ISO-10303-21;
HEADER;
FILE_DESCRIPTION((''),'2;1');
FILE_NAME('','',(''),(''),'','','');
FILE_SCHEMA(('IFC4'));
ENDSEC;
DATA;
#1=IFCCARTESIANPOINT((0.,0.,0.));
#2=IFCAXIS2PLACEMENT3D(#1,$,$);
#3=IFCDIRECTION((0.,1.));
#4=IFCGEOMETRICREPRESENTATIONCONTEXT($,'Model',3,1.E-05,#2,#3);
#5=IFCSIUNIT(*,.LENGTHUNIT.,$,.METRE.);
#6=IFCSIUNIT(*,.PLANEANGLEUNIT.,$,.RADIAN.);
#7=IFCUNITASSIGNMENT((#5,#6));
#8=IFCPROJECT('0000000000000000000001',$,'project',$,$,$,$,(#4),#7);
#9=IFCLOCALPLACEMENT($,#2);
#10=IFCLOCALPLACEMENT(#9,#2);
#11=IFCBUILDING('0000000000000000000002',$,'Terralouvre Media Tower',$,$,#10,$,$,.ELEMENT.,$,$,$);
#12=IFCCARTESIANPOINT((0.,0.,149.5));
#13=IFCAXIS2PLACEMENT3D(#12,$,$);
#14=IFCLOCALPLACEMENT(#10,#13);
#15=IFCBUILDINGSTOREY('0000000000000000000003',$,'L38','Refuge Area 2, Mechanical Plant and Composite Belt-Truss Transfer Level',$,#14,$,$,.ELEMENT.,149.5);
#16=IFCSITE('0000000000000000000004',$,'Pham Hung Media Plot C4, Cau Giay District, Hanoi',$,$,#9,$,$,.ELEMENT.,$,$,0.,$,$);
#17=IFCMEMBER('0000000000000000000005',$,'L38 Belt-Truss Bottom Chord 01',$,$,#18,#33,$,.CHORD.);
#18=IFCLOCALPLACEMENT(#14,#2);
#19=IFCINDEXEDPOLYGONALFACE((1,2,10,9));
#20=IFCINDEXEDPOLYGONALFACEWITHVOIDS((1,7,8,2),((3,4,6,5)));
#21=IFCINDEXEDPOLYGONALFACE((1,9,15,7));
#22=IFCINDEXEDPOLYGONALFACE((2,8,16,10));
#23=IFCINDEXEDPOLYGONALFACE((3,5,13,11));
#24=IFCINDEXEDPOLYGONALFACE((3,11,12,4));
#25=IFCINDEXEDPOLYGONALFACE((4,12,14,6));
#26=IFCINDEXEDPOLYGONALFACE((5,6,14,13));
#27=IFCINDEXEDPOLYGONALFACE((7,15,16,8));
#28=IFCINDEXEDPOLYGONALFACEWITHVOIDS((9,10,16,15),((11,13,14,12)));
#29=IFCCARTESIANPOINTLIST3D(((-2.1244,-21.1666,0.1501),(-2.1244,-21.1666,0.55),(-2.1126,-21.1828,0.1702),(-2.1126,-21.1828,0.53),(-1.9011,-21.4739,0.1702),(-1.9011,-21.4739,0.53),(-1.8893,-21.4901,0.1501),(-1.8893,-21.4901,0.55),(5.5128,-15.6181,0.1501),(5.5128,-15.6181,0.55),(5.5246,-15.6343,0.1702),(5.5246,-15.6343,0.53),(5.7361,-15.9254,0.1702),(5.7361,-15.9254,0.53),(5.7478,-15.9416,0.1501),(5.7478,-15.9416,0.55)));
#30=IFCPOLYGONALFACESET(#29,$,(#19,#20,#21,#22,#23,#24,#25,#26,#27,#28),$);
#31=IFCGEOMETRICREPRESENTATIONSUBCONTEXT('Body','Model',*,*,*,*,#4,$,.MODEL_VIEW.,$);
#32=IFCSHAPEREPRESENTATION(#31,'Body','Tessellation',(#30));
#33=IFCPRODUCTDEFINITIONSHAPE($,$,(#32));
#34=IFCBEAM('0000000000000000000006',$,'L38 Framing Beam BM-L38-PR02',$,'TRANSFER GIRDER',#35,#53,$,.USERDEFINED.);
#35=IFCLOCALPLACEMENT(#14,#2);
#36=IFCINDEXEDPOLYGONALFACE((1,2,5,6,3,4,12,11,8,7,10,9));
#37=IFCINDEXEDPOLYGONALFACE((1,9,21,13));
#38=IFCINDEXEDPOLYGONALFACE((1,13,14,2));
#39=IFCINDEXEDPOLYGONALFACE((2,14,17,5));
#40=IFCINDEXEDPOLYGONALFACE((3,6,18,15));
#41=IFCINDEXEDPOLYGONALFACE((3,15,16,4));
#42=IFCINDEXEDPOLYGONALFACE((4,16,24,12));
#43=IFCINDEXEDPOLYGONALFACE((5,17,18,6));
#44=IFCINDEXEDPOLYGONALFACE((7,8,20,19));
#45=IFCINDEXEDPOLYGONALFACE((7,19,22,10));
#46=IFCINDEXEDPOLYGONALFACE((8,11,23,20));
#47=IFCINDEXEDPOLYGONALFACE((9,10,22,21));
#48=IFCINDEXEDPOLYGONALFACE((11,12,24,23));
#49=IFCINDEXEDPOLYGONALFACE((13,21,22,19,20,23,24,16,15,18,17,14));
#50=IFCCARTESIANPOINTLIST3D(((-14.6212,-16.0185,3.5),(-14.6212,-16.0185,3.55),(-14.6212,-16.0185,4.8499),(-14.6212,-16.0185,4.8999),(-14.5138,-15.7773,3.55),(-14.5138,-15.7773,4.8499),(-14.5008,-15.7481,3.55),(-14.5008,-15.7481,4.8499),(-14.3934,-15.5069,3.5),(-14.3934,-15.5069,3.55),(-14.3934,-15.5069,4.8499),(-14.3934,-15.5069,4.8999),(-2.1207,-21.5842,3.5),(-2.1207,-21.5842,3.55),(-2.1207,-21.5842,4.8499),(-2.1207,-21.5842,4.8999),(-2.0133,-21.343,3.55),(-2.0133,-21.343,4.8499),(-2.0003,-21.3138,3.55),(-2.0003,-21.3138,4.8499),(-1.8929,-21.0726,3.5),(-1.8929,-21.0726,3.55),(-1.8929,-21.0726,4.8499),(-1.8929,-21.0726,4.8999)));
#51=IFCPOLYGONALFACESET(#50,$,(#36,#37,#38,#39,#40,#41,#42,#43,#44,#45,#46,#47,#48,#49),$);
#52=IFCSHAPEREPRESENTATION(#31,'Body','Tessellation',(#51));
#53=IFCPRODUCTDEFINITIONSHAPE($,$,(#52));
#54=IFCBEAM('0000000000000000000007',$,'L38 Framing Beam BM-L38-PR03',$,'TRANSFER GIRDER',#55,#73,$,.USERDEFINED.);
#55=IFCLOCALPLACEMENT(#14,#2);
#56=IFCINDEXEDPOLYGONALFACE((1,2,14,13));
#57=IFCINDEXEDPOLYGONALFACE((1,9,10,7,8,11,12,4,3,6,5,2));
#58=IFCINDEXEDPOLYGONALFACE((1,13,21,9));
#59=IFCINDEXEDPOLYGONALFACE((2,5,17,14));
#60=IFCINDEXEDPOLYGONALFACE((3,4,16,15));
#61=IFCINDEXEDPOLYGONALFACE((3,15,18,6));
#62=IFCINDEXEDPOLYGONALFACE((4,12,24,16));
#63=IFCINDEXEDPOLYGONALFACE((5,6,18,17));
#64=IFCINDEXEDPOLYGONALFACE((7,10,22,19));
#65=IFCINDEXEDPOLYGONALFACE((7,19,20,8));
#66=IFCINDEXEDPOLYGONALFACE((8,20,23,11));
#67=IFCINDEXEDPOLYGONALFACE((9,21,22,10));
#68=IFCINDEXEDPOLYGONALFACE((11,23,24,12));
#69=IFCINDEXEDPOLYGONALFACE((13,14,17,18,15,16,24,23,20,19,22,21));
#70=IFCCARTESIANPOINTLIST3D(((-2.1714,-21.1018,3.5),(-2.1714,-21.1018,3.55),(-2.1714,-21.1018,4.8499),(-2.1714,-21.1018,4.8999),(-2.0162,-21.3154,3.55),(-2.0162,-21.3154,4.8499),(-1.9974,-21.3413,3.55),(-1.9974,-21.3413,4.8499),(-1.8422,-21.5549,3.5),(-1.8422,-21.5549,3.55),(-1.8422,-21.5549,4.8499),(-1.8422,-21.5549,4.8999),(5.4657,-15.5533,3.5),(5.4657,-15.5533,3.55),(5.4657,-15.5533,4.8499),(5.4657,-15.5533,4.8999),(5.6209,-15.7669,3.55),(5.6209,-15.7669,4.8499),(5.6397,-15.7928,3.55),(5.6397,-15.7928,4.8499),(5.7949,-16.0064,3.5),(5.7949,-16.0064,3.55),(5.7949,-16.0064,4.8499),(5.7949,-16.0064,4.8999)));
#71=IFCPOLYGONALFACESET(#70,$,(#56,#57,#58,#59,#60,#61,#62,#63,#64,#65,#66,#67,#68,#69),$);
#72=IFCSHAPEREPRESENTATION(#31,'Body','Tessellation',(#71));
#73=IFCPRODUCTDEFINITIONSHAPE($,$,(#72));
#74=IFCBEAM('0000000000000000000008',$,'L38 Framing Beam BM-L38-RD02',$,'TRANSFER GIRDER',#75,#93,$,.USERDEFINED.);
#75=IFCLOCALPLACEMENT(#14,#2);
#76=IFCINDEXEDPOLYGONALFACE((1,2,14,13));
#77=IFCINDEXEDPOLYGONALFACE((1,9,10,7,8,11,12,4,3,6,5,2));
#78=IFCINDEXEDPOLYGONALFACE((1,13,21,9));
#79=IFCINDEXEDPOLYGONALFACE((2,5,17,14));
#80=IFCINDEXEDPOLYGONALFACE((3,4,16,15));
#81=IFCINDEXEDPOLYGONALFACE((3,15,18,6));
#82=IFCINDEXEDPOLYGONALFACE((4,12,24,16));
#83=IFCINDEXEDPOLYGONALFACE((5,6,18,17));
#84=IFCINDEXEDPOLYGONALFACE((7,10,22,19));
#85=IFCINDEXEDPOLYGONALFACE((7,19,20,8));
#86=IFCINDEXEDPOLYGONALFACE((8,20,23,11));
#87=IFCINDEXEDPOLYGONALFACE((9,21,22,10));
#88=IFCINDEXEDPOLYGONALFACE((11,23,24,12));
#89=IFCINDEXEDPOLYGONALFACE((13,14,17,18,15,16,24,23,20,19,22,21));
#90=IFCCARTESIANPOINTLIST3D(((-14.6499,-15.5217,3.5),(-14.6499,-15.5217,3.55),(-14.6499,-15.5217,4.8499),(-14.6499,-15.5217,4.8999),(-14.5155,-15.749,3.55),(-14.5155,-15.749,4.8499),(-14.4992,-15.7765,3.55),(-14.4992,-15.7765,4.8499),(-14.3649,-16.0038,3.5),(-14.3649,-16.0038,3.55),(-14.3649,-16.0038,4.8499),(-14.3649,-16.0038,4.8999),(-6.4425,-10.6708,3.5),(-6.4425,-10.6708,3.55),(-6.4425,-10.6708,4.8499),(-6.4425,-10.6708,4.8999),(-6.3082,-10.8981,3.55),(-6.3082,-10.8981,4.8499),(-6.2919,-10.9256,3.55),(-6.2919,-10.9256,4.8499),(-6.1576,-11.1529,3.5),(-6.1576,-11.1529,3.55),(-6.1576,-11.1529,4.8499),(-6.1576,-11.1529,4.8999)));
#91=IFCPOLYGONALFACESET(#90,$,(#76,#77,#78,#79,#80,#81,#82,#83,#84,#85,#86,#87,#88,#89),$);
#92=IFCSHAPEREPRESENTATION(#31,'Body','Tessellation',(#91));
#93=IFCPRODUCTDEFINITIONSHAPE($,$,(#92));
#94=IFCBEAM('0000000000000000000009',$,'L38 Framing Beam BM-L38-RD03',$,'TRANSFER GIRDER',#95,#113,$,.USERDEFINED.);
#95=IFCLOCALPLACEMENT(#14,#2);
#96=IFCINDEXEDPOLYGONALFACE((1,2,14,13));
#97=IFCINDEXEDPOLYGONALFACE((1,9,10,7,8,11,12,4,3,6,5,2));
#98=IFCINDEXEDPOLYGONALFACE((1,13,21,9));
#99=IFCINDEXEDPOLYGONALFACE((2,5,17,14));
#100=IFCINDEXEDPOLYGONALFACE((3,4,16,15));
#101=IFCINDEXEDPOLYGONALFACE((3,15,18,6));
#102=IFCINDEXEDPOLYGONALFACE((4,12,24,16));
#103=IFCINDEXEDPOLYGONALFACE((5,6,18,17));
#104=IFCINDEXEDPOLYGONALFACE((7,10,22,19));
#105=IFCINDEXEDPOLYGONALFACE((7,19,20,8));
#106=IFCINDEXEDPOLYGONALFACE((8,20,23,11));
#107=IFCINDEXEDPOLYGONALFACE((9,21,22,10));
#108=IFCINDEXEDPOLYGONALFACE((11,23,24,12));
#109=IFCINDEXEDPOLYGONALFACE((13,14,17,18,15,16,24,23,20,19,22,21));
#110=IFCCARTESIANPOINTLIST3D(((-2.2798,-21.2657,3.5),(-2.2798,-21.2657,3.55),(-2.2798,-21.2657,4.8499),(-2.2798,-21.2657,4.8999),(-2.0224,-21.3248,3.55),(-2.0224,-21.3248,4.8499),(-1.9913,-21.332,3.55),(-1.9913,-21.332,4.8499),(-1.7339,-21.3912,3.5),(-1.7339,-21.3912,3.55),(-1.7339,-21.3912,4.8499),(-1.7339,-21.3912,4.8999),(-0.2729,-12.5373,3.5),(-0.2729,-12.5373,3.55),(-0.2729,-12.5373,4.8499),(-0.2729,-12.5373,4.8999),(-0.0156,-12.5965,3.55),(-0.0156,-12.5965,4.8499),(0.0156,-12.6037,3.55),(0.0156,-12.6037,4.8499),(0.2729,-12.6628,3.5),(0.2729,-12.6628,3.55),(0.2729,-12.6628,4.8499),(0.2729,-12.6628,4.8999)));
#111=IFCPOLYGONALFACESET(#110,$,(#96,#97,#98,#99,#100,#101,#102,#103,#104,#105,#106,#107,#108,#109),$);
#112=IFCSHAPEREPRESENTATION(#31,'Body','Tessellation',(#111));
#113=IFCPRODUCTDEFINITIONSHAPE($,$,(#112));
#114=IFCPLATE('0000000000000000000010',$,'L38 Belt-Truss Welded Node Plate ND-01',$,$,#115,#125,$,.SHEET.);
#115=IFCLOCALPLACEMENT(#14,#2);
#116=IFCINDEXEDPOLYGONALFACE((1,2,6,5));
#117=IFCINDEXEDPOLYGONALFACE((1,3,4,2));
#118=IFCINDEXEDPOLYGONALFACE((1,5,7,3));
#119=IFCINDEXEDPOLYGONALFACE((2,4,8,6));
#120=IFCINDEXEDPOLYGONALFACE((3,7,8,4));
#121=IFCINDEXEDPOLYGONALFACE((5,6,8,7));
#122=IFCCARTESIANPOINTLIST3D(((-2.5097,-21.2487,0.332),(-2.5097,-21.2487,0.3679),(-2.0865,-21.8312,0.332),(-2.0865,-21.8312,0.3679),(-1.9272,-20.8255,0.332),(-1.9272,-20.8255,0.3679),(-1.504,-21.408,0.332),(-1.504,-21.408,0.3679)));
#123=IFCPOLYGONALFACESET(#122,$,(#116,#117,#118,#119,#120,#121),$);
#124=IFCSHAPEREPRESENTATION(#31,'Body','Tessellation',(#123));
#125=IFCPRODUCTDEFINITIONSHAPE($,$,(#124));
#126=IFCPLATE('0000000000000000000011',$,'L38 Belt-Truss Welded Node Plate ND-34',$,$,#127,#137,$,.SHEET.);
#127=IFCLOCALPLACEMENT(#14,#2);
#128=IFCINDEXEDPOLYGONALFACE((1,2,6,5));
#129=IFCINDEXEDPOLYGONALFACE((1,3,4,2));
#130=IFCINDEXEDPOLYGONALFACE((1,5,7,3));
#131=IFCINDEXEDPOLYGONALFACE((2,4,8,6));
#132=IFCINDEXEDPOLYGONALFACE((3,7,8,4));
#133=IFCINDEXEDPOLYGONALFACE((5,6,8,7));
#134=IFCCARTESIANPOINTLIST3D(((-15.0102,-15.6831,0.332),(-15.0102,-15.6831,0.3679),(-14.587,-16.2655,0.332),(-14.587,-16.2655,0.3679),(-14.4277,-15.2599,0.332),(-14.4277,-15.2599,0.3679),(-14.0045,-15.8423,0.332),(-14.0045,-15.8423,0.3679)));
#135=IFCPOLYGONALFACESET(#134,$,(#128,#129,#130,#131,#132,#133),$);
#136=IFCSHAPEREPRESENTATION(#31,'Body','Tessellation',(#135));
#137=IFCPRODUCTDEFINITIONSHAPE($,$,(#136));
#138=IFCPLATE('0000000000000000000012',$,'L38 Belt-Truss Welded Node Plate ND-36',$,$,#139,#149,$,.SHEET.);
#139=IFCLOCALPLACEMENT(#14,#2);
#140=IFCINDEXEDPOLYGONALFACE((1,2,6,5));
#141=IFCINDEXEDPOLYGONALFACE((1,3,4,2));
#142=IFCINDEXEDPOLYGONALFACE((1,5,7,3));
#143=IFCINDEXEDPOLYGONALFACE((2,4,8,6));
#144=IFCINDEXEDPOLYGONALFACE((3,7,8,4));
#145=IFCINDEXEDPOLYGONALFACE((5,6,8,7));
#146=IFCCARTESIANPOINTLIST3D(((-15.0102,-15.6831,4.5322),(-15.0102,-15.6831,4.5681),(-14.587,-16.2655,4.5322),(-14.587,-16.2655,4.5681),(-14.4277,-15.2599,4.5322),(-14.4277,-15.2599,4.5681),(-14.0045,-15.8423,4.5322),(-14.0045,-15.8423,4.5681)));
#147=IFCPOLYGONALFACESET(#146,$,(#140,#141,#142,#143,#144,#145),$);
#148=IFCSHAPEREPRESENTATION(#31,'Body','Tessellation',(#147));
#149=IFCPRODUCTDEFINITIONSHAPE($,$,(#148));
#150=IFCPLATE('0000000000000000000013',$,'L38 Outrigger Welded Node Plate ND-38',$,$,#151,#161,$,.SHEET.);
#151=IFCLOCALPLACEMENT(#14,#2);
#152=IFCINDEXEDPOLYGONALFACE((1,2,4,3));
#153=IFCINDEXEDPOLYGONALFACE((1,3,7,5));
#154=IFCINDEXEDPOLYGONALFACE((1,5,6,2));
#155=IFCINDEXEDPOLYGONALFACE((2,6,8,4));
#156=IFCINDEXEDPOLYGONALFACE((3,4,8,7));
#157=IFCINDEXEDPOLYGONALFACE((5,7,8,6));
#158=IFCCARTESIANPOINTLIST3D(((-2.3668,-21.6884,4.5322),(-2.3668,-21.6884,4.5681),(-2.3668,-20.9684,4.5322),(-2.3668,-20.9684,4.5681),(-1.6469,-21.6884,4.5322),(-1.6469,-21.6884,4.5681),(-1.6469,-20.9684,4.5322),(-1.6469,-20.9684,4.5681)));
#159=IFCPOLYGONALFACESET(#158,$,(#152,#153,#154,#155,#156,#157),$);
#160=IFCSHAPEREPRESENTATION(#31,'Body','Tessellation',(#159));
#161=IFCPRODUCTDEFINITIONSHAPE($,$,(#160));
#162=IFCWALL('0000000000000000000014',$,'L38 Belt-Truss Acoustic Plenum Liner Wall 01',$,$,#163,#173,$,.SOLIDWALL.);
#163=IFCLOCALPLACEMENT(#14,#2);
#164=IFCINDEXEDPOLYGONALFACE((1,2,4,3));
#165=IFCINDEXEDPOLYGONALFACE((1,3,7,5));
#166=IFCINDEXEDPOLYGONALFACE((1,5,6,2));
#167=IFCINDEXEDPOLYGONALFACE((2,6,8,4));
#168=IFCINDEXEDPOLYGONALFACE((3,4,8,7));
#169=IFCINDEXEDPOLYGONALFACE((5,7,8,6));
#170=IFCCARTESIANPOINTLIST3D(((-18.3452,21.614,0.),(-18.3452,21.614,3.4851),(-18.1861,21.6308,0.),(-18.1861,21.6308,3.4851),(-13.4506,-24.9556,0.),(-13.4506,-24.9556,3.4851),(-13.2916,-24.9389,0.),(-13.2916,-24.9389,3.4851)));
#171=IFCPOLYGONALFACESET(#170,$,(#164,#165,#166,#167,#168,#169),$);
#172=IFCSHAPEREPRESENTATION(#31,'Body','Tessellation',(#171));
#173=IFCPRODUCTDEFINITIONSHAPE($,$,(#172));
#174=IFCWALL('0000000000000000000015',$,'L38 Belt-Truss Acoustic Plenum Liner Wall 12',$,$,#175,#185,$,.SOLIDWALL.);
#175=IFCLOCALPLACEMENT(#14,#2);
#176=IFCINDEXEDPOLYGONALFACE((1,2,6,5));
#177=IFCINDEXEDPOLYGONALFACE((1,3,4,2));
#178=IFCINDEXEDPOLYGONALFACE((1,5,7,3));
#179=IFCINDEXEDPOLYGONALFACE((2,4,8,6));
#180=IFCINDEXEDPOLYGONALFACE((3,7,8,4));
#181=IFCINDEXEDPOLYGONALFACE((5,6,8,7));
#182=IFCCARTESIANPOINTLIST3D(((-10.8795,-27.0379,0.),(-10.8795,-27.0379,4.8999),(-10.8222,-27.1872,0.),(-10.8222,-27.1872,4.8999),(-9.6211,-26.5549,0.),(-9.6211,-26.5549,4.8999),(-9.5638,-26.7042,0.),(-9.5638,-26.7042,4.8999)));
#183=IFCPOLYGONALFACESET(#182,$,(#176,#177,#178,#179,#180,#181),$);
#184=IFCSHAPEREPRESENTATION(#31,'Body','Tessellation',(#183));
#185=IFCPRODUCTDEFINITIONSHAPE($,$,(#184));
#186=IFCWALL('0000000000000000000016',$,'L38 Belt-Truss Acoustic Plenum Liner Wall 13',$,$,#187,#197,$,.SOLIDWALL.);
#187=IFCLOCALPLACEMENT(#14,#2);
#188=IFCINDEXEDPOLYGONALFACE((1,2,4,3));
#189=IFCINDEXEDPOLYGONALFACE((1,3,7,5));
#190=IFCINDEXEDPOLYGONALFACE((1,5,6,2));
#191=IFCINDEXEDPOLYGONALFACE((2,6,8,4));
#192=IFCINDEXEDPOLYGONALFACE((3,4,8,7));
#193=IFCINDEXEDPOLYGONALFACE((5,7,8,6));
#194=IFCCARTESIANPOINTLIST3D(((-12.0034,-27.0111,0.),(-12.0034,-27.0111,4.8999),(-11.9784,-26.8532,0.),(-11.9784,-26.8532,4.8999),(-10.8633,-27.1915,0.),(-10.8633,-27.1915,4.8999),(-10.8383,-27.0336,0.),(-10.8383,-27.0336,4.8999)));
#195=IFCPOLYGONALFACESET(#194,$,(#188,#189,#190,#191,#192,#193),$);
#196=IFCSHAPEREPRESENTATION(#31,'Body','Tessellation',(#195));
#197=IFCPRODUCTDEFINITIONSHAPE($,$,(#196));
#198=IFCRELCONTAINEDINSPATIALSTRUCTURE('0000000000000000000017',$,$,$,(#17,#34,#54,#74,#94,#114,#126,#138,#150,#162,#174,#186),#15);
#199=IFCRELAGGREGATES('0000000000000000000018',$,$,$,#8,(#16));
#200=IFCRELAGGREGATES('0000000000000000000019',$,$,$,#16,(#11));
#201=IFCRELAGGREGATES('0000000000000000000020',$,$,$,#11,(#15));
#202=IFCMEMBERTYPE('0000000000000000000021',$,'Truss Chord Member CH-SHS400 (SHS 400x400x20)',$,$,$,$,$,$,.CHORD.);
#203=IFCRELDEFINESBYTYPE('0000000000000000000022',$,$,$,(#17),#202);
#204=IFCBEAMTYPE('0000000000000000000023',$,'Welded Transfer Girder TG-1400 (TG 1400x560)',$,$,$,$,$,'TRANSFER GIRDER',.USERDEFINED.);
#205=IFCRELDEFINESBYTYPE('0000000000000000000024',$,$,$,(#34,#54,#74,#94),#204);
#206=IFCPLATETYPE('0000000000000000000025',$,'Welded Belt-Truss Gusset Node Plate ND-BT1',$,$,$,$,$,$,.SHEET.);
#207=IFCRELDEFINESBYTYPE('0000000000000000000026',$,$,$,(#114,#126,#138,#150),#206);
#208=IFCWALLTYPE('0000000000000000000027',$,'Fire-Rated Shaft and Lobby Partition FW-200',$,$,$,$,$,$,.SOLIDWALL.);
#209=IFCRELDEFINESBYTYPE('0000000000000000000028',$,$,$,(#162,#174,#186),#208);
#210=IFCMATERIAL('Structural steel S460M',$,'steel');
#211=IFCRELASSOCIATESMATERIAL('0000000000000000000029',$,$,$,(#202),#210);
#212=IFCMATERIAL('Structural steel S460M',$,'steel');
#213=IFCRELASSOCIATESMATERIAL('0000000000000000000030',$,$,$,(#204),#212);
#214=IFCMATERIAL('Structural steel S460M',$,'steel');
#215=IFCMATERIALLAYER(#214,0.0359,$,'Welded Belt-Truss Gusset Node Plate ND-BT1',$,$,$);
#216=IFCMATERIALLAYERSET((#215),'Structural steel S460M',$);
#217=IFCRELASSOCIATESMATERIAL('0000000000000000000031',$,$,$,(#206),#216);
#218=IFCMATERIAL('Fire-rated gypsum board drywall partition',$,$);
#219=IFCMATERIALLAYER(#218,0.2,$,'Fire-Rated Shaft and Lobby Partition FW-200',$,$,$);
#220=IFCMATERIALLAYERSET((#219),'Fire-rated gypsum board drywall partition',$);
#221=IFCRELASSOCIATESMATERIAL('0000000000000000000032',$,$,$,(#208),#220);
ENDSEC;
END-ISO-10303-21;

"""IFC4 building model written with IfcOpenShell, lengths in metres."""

from ifc_helpers import new_model, si_unit, direction, frame, frame_2d, origin, origin_2d, place, context, subcontext, project, spatial, rectangle, hollow_rectangle, i_section, extrude, material, layer, layer_set, material_profile, profile_set, type_object, element, save


model = new_model("IFC4")

# Units and contexts
model_context = context("Model", 3, precision=1e-05, world=origin(), true_north=direction((0.0, 1.0)))
body_context = subcontext(model_context, "Body", "Model", "MODEL_VIEW")
ifc_project = project(units=[si_unit("LENGTHUNIT", "METRE"), si_unit("PLANEANGLEUNIT", "RADIAN")], contexts=[model_context])

# Site, building, storey
site_placement = place(None, origin())
site = spatial("IfcSite", under=ifc_project, at=site_placement, Name="Pham Hung Media Plot C4, Cau Giay District, Hanoi", CompositionType="ELEMENT", RefElevation=0.0)
building_placement = place(site_placement, origin())
building = spatial("IfcBuilding", under=site, at=building_placement, Name="Terralouvre Media Tower", CompositionType="ELEMENT")
storey_placement = place(building_placement, frame((0.0, 0.0, 149.5)))
storey = spatial("IfcBuildingStorey", under=building, at=storey_placement, Name="L38", Description="Refuge Area 2, Mechanical Plant and Composite Belt-Truss Transfer Level", CompositionType="ELEMENT", Elevation=149.5)

# Member
ifc_material_1 = material(Name="Structural steel S460M", Category="steel")
ifc_material_profile_1 = material_profile(ifc_material_1, hollow_rectangle(XDim=0.3999, YDim=0.3999, WallThickness=0.02, at=origin_2d()), Name="SHS 400x400x20")
ifc_profile_set_1 = profile_set([ifc_material_profile_1], Name="Structural steel S460M")
member_type_1 = type_object("IfcMemberType", Name="Truss Chord Member CH-SHS400 (SHS 400x400x20)", PredefinedType="CHORD", material=ifc_profile_set_1)
member_1_placement = place(storey_placement, frame((-2.0068, -21.3284, 0.3501), z_axis=(0.809026, 0.587773, 0.0), x_axis=(-0.587773, 0.809026, 0.0)))
element("IfcMember", 1, at=member_1_placement, inside=storey, type_object=member_type_1, Name="L38 Belt-Truss Bottom Chord 01", PredefinedType="CHORD", context=body_context, shape_type="SweptSolid", body=[
    extrude(hollow_rectangle(XDim=0.3999, YDim=0.3999, WallThickness=0.02, at=origin_2d()), origin(), (0.0, 0.0, 1.0), 9.4399),
])

# Beams
ifc_material_2 = material(Name="Structural steel S460M", Category="steel")
ifc_material_profile_2 = material_profile(ifc_material_2, i_section(OverallWidth=0.5601, OverallDepth=1.3999, WebThickness=0.032, FlangeThickness=0.05, at=origin_2d()), Name="TG 1400x560")
ifc_profile_set_2 = profile_set([ifc_material_profile_2], Name="Structural steel S460M")
beam_type_1 = type_object("IfcBeamType", Name="Welded Transfer Girder TG-1400 (TG 1400x560)", ElementType="TRANSFER GIRDER", PredefinedType="USERDEFINED", material=ifc_profile_set_2)
beam_1_placement = place(storey_placement, frame((-14.5073, -15.7627, 4.2), z_axis=(0.913543, -0.406743, 0.0), x_axis=(0.406743, 0.913543, 0.0)))
element("IfcBeam", 2, at=beam_1_placement, inside=storey, type_object=beam_type_1, Name="L38 Framing Beam BM-L38-PR02", ObjectType="TRANSFER GIRDER", PredefinedType="USERDEFINED", context=body_context, shape_type="SweptSolid", body=[
    extrude(i_section(OverallWidth=0.5601, OverallDepth=1.3999, WebThickness=0.032, FlangeThickness=0.05, at=origin_2d()), origin(), (0.0, 0.0, 1.0), 13.6836),
])
beam_2_placement = place(storey_placement, frame((-2.0068, -21.3284, 4.2), z_axis=(0.809026, 0.587773, 0.0), x_axis=(-0.587773, 0.809026, 0.0)))
element("IfcBeam", 3, at=beam_2_placement, inside=storey, type_object=beam_type_1, Name="L38 Framing Beam BM-L38-PR03", ObjectType="TRANSFER GIRDER", PredefinedType="USERDEFINED", context=body_context, shape_type="SweptSolid", body=[
    extrude(i_section(OverallWidth=0.5601, OverallDepth=1.3999, WebThickness=0.032, FlangeThickness=0.05, at=origin_2d()), origin(), (0.0, 0.0, 1.0), 9.4399),
])
beam_3_placement = place(storey_placement, frame((-6.3, -10.9119, 4.2), z_axis=(-0.860877, -0.508813, 0.0), x_axis=(0.508813, -0.860877, 0.0)))
element("IfcBeam", 4, at=beam_3_placement, inside=storey, type_object=beam_type_1, Name="L38 Framing Beam BM-L38-RD02", ObjectType="TRANSFER GIRDER", PredefinedType="USERDEFINED", context=body_context, shape_type="SweptSolid", body=[
    extrude(i_section(OverallWidth=0.5601, OverallDepth=1.3999, WebThickness=0.032, FlangeThickness=0.05, at=origin_2d()), origin(), (0.0, 0.0, 1.0), 9.5337),
])
beam_4_placement = place(storey_placement, frame((0.0, -12.6001, 4.2), z_axis=(-0.224077, -0.974571, 0.0), x_axis=(0.974571, -0.224077, 0.0)))
element("IfcBeam", 5, at=beam_4_placement, inside=storey, type_object=beam_type_1, Name="L38 Framing Beam BM-L38-RD03", ObjectType="TRANSFER GIRDER", PredefinedType="USERDEFINED", context=body_context, shape_type="SweptSolid", body=[
    extrude(i_section(OverallWidth=0.5601, OverallDepth=1.3999, WebThickness=0.032, FlangeThickness=0.05, at=origin_2d()), origin(), (0.0, 0.0, 1.0), 8.9561),
])

# Plates
ifc_material_3 = material(Name="Structural steel S460M", Category="steel")
ifc_layer_1 = layer(ifc_material_3, 0.0359, Name="Welded Belt-Truss Gusset Node Plate ND-BT1")
ifc_layer_set_1 = layer_set([ifc_layer_1], Name="Structural steel S460M")
plate_type = type_object("IfcPlateType", Name="Welded Belt-Truss Gusset Node Plate ND-BT1", PredefinedType="SHEET", material=ifc_layer_set_1)
for number, where, z_axis, x_axis, name in (
    (6, (-2.0068, -21.3284, 0.332), (0.0, 0.0, 1.0), (0.809017, 0.587785, 0.0), "L38 Belt-Truss Welded Node Plate ND-01"),
    (7, (-14.5073, -15.7627, 0.332), (0.0, 0.0, 1.0), (0.809017, 0.587785, 0.0), "L38 Belt-Truss Welded Node Plate ND-34"),
    (8, (-14.5073, -15.7627, 4.5322), (0.0, 0.0, 1.0), (0.809017, 0.587785, 0.0), "L38 Belt-Truss Welded Node Plate ND-36"),
    (9, (-2.0068, -21.3284, 4.5322), (0.0, 0.0, 1.0), (1.0, 0.0, 0.0), "L38 Outrigger Welded Node Plate ND-38"),
):
    element("IfcPlate", number, at=place(storey_placement, frame(where, z_axis=z_axis, x_axis=x_axis)), inside=storey, type_object=plate_type, Name=name, PredefinedType="SHEET", context=body_context, shape_type="SweptSolid", body=[
        extrude(rectangle(XDim=0.72, YDim=0.72, at=origin_2d()), origin(), (0.0, 0.0, 1.0), 0.0359),
    ])

# Walls
ifc_material_4 = material(Name="Fire-rated gypsum board drywall partition")
ifc_layer_2 = layer(ifc_material_4, 0.2, Name="Fire-Rated Shaft and Lobby Partition FW-200")
ifc_layer_set_2 = layer_set([ifc_layer_2], Name="Fire-rated gypsum board drywall partition")
wall_type_1 = type_object("IfcWallType", Name="Fire-Rated Shaft and Lobby Partition FW-200", PredefinedType="SOLIDWALL", material=ifc_layer_set_2)
wall_1_placement = place(storey_placement, frame((-13.3711, -24.9473, 0.0), z_axis=(0.0, 0.0, 1.0), x_axis=(-0.104526, 0.994522, 0.0)))
element("IfcWall", 10, at=wall_1_placement, inside=storey, type_object=wall_type_1, Name="L38 Belt-Truss Acoustic Plenum Liner Wall 01", PredefinedType="SOLIDWALL", context=body_context, shape_type="SweptSolid", body=[
    extrude(rectangle(XDim=46.8262, YDim=0.1599, at=frame_2d((23.4131, 0.0))), origin(), (0.0, 0.0, 1.0), 3.4851),
])
wall_2_placement = place(storey_placement, frame((-9.5925, -26.6296, 0.0), z_axis=(0.0, 0.0, 1.0), x_axis=(-0.933607, -0.358299, 0.0)))
element("IfcWall", 11, at=wall_2_placement, inside=storey, type_object=wall_type_1, Name="L38 Belt-Truss Acoustic Plenum Liner Wall 12", PredefinedType="SOLIDWALL", context=body_context, shape_type="SweptSolid", body=[
    extrude(rectangle(XDim=1.3479, YDim=0.1599, at=frame_2d((0.6738, 0.0))), origin(), (0.0, 0.0, 1.0), 4.8999),
])
for number, where, z_axis, x_axis, name in (
    (12, (-10.8508, -27.1125, 0.0), (0.0, 0.0, 1.0), (-0.98771, 0.156299, 0.0), "L38 Belt-Truss Acoustic Plenum Liner Wall 13"),
):
    element("IfcWall", number, at=place(storey_placement, frame(where, z_axis=z_axis, x_axis=x_axis)), inside=storey, type_object=wall_type_1, Name=name, PredefinedType="SOLIDWALL", context=body_context, shape_type="SweptSolid", body=[
        extrude(rectangle(XDim=1.1543, YDim=0.1599, at=frame_2d((0.5771, 0.0))), origin(), (0.0, 0.0, 1.0), 4.8999),
    ])

save(model, "model.ifc")
